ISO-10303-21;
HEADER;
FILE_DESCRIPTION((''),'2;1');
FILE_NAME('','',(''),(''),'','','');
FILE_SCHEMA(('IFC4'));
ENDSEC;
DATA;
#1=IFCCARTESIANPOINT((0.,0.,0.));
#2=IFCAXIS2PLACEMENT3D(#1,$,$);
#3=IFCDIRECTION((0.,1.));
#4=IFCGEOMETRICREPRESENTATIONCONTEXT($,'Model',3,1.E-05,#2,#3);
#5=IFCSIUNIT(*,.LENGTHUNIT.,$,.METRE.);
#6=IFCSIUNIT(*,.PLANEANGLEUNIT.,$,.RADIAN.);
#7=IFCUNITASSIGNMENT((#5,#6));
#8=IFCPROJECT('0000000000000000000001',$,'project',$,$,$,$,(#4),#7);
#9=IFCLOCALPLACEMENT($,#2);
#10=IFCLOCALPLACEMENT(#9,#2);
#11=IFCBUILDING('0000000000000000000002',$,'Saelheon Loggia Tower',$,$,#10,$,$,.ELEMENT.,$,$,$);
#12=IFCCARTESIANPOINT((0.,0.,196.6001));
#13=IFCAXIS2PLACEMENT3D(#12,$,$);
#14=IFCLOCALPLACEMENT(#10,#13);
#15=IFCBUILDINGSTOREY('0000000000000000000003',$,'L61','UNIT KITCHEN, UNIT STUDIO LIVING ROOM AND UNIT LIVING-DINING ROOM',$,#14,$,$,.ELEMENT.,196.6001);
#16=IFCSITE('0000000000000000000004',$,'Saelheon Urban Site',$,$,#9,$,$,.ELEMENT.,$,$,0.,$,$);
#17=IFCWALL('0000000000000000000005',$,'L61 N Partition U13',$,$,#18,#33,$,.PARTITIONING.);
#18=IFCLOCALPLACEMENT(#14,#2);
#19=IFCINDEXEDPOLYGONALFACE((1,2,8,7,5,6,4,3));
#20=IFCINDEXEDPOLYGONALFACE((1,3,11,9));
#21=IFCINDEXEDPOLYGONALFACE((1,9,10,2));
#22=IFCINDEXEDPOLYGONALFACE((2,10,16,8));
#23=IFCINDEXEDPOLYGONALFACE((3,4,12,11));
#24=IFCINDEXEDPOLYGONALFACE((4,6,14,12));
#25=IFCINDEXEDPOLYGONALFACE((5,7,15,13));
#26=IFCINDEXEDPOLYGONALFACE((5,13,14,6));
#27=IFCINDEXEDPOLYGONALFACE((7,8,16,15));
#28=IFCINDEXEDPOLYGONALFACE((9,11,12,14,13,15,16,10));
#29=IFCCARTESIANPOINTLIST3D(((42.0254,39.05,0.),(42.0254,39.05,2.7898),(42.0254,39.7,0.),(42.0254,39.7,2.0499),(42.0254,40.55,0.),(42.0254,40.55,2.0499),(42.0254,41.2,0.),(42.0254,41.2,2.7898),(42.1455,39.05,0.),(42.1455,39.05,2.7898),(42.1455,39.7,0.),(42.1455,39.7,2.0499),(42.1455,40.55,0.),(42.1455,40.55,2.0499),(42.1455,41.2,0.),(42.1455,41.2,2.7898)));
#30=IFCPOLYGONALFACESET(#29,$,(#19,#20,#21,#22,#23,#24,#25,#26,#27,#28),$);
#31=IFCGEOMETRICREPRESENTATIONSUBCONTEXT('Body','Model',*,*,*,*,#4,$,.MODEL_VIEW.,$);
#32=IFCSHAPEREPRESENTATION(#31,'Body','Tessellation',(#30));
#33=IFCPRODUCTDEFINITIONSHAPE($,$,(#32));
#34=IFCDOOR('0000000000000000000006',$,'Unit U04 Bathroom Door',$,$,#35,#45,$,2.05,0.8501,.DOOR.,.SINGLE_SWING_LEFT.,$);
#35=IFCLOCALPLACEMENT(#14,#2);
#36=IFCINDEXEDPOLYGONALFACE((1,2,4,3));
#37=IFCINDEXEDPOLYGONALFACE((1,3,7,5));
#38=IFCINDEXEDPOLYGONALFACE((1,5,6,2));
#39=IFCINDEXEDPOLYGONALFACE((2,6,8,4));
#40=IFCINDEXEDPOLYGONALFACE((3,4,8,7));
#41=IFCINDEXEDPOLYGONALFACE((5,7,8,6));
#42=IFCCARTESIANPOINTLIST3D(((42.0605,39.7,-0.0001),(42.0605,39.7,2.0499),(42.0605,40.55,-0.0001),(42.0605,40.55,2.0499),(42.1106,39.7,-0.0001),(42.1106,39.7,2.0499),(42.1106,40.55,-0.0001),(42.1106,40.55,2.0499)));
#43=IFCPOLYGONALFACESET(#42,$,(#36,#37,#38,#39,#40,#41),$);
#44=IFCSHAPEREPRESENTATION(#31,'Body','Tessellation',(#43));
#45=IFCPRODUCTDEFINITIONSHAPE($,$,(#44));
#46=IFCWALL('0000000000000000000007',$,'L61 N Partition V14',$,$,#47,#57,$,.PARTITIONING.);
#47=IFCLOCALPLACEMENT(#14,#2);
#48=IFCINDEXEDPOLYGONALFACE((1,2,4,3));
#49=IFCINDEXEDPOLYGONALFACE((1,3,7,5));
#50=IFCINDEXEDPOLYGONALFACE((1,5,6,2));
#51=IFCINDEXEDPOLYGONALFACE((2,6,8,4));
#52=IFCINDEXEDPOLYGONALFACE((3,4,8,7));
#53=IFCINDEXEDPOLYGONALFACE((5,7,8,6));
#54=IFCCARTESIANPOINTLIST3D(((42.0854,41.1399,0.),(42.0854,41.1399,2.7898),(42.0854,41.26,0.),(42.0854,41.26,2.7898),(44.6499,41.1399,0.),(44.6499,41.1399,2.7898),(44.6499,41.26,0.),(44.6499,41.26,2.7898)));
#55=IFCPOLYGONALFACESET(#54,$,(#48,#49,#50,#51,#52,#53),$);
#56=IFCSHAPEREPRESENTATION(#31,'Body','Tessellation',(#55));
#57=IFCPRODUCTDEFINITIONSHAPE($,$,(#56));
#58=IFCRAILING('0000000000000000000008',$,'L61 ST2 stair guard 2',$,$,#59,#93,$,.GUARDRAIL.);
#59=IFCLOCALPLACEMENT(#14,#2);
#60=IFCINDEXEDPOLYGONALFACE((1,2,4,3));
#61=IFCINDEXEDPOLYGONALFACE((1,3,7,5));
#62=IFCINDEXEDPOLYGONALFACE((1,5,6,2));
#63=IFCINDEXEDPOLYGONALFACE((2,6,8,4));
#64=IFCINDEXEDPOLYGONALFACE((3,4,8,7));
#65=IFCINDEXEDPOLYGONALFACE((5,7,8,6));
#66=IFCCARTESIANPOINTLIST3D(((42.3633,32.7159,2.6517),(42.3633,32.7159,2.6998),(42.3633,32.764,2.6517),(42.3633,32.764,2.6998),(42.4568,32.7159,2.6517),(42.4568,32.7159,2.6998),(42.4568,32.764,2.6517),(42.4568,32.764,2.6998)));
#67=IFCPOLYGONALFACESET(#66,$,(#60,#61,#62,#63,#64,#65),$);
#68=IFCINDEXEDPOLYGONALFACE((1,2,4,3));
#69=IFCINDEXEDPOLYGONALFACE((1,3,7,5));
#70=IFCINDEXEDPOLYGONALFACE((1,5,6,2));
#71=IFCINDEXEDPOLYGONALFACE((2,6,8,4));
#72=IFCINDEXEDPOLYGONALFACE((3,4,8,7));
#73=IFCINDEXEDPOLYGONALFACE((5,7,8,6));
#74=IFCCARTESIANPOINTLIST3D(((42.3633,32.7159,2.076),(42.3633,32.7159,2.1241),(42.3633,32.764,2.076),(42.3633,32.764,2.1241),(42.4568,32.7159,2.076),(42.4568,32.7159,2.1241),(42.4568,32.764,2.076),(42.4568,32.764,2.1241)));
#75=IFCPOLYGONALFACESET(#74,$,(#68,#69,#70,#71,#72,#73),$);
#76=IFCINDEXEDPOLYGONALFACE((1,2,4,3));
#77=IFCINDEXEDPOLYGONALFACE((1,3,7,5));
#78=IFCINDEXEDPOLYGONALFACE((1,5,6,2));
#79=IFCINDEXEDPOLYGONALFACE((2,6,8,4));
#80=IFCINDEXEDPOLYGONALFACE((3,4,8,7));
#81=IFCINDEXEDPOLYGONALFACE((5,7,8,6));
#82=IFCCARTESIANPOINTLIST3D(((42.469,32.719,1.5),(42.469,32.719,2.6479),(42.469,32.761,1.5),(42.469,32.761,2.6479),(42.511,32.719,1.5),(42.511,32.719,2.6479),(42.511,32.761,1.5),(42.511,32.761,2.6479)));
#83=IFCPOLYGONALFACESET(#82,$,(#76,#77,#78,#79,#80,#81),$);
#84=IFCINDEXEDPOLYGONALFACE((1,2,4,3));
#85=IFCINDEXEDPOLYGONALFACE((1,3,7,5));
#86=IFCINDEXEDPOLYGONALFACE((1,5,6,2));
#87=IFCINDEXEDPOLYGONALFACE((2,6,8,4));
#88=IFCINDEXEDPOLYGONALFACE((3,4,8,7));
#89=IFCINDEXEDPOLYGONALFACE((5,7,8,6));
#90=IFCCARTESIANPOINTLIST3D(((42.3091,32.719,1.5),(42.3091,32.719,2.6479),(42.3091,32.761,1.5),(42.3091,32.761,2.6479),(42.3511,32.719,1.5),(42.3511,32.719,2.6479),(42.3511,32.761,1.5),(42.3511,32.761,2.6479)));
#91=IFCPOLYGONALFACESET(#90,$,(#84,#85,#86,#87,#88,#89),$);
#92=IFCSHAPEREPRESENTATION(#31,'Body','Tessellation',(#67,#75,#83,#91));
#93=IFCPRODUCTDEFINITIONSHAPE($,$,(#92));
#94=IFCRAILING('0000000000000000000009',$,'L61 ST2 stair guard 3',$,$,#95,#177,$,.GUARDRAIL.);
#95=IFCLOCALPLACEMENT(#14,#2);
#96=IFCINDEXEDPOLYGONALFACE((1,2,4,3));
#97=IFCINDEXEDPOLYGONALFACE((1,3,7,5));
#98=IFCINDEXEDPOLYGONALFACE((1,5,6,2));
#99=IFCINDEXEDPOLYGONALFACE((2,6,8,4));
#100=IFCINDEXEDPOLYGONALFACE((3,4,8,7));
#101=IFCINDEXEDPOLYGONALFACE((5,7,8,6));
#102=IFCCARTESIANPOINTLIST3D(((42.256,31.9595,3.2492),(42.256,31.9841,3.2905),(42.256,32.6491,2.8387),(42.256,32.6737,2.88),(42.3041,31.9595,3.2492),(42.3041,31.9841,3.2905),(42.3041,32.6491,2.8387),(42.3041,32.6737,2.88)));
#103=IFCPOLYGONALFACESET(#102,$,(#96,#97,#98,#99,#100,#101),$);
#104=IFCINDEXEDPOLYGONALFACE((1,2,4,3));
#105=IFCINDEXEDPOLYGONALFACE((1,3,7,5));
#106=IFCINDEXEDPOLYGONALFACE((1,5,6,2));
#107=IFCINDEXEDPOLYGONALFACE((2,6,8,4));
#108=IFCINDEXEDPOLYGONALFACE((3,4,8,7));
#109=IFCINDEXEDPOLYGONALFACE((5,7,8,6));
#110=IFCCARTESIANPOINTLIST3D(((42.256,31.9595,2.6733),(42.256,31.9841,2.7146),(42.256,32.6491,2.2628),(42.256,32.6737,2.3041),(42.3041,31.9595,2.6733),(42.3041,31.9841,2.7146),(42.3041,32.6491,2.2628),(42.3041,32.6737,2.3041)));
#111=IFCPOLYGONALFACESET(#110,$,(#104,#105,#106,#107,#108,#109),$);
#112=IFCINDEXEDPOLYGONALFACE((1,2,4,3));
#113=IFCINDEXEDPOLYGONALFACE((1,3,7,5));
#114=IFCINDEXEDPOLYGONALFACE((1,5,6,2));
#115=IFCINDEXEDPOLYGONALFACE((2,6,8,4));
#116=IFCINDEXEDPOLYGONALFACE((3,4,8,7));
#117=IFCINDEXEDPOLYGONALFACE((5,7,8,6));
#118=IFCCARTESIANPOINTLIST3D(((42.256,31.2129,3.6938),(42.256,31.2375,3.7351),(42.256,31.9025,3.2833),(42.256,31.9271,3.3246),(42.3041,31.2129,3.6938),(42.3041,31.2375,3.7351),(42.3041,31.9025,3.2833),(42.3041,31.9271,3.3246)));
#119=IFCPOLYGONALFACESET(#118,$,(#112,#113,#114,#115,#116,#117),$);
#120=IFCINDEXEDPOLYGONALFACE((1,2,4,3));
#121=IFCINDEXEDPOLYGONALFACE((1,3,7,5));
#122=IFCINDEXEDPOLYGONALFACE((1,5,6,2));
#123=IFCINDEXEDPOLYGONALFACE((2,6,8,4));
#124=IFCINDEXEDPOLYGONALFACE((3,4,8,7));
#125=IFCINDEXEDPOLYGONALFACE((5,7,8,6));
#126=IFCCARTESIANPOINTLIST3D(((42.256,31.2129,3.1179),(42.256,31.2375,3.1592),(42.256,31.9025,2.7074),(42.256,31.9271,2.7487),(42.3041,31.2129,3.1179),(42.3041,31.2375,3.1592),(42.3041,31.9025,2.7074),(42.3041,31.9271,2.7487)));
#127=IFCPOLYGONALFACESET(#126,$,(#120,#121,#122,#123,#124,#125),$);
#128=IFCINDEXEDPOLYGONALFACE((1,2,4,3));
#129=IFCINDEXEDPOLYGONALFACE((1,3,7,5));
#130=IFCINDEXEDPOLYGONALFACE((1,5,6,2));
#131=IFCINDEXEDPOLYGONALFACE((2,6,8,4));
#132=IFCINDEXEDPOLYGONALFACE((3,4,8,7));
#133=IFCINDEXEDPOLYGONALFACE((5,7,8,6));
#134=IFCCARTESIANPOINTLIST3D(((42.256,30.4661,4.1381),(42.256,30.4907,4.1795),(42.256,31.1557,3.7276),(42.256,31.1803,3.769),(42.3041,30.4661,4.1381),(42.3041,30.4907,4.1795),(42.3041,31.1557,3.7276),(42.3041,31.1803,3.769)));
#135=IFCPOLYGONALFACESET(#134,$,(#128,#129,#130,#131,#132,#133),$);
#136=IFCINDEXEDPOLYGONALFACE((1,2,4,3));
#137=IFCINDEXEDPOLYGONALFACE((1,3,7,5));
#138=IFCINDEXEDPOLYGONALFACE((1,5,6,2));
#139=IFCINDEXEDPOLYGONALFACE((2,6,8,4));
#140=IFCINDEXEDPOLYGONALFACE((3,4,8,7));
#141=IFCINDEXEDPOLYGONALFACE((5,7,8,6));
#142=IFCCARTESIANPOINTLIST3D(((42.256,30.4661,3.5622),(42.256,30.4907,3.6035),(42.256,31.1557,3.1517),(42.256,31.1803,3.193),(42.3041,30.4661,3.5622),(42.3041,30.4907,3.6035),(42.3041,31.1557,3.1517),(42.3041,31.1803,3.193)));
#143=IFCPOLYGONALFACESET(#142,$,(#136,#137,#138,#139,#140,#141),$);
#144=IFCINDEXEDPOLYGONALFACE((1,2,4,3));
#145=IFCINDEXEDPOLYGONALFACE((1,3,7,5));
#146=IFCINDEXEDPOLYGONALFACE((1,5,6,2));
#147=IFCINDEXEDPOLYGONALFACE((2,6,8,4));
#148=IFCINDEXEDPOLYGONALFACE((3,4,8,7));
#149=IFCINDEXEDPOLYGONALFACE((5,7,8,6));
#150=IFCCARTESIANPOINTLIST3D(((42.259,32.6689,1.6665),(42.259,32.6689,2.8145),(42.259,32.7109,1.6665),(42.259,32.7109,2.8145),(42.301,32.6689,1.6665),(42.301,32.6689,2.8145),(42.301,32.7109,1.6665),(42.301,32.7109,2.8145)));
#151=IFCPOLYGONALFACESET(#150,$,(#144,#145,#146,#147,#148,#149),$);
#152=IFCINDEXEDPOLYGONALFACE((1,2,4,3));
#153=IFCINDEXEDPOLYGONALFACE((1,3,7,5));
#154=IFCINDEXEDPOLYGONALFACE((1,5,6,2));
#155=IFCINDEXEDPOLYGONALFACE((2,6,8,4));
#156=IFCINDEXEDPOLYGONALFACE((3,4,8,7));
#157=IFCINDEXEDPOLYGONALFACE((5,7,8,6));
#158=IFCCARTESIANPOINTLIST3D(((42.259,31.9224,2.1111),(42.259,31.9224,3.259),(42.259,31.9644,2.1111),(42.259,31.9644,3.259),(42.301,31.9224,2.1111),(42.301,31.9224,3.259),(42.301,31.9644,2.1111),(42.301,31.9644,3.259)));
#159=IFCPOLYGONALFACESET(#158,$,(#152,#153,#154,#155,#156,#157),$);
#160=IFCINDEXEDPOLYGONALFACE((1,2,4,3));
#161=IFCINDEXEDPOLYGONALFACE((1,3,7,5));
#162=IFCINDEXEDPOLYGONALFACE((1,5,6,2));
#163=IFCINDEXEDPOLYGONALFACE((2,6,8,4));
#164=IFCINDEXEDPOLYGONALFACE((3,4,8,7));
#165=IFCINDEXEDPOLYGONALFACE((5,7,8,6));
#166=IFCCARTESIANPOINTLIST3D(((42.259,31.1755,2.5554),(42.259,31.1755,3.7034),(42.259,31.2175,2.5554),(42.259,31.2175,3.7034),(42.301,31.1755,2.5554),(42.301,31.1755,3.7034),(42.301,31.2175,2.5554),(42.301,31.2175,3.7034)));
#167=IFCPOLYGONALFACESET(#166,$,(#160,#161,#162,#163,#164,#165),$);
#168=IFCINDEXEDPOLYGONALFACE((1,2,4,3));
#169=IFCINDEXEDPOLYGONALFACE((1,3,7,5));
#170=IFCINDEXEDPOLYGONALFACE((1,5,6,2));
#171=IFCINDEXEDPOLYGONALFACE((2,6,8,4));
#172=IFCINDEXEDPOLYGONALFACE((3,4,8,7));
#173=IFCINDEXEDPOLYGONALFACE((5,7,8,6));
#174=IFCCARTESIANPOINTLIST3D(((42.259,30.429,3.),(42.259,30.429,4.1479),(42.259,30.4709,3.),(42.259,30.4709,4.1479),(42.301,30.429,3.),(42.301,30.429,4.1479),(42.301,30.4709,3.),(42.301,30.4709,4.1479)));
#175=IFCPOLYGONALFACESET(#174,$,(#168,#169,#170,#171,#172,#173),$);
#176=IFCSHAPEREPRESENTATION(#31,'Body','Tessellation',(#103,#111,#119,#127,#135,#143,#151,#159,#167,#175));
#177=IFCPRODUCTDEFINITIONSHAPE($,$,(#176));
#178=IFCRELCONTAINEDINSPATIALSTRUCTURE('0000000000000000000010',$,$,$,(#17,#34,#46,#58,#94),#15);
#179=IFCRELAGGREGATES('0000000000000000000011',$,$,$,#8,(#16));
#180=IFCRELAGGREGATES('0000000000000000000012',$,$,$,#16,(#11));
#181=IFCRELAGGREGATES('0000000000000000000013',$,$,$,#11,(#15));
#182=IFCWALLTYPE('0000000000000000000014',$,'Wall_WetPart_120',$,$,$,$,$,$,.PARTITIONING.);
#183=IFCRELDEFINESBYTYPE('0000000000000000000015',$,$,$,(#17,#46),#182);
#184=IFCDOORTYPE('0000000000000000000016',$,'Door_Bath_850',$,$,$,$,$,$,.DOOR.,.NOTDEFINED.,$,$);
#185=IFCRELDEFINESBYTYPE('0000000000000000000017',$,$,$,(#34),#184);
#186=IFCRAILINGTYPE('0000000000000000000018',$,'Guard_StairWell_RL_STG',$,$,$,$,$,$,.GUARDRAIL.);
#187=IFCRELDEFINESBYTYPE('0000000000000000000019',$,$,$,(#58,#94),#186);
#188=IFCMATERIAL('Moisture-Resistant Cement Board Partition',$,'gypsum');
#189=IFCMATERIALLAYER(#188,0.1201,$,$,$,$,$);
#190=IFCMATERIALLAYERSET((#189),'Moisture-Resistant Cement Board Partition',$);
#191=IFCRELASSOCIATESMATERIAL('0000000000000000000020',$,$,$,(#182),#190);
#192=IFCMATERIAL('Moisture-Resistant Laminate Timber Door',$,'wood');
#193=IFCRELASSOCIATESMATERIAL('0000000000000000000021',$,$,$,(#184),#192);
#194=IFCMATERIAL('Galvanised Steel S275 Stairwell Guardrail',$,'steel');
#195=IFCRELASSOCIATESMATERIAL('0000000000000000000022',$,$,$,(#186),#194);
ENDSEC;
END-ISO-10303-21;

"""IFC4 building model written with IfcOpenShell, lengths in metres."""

from ifc_helpers import new_model, si_unit, direction, frame, frame_2d, origin, origin_2d, place, context, subcontext, project, spatial, rectangle, extrude, source, transform, mapped, material, layer, layer_set, type_object, element, fill, save


model = new_model("IFC4")

# Units and contexts
model_context = context("Model", 3, precision=1e-05, world=origin(), true_north=direction((0.0, 1.0)))
body_context = subcontext(model_context, "Body", "Model", "MODEL_VIEW")
ifc_project = project(units=[si_unit("LENGTHUNIT", "METRE"), si_unit("PLANEANGLEUNIT", "RADIAN")], contexts=[model_context])

# Site, building, storey
site_placement = place(None, origin())
site = spatial("IfcSite", under=ifc_project, at=site_placement, Name="Saelheon Urban Site", CompositionType="ELEMENT", RefElevation=0.0)
building_placement = place(site_placement, origin())
building = spatial("IfcBuilding", under=site, at=building_placement, Name="Saelheon Loggia Tower", CompositionType="ELEMENT")
storey_placement = place(building_placement, frame((0.0, 0.0, 196.6001)))
storey = spatial("IfcBuildingStorey", under=building, at=storey_placement, Name="L61", Description="UNIT KITCHEN, UNIT STUDIO LIVING ROOM AND UNIT LIVING-DINING ROOM", CompositionType="ELEMENT", Elevation=196.6001)

# Wall, opening, door
ifc_material_1 = material(Name="Moisture-Resistant Cement Board Partition", Category="gypsum")
ifc_layer_1 = layer(ifc_material_1, 0.1201)
ifc_layer_set_1 = layer_set([ifc_layer_1], Name="Moisture-Resistant Cement Board Partition")
wall_type_1 = type_object("IfcWallType", Name="Wall_WetPart_120", PredefinedType="PARTITIONING", material=ifc_layer_set_1)
ifc_material_2 = material(Name="Moisture-Resistant Laminate Timber Door", Category="wood")
door_type_1 = type_object("IfcDoorType", Name="Door_Bath_850", OperationType="NOTDEFINED", PredefinedType="DOOR", material=ifc_material_2)
shared_shape_1 = source(origin(), body_context, "Body", "SweptSolid", [
    extrude(rectangle(XDim=0.8501, YDim=2.05, at=frame_2d((0.425, 1.0249))), frame((0.0, 0.0249, 0.0), z_axis=(0.0, -1.0, 0.0), x_axis=(1.0, 0.0, 0.0)), (0.0, 0.0, 1.0), 0.05),
])
wall_1_placement = place(storey_placement, frame((42.0854, 39.05, 0.0), z_axis=(0.0, 0.0, 1.0), x_axis=(0.0, 1.0, 0.0)))
wall_1 = element("IfcWall", 1, at=wall_1_placement, inside=storey, type_object=wall_type_1, Name="L61 N Partition U13", PredefinedType="PARTITIONING", context=body_context, shape_type="SweptSolid", body=[
    extrude(rectangle(XDim=2.1499, YDim=0.1201, at=frame_2d((1.075, 0.0))), origin(), (0.0, 0.0, 1.0), 2.7898),
])
opening_1_placement = place(wall_1_placement, frame((0.6499, 0.0, 0.0)))
opening_1 = element("IfcOpeningElement", 2, at=opening_1_placement, cuts=wall_1, PredefinedType="OPENING", context=body_context, shape_type="SweptSolid", body=[
    extrude(rectangle(XDim=0.8501, YDim=2.05, at=frame_2d((0.425, 1.0249))), frame((0.0, 0.072, 0.0), z_axis=(0.0, -1.0, 0.0), x_axis=(1.0, 0.0, 0.0)), (0.0, 0.0, 1.0), 0.144),
])
door_1_placement = place(opening_1_placement, origin())
door_1 = element("IfcDoor", 3, at=door_1_placement, inside=storey, type_object=door_type_1, Name="Unit U04 Bathroom Door", OperationType="SINGLE_SWING_LEFT", OverallHeight=2.05, OverallWidth=0.8501, PredefinedType="DOOR", context=body_context, shape_type="MappedRepresentation", body=[
    mapped(shared_shape_1, transform((0.0, 0.0, 0.0), scale=1.0)),
])
fill(opening_1, door_1)

# Wall
wall_2_placement = place(storey_placement, frame((42.0854, 41.2, 0.0), z_axis=(0.0, 0.0, 1.0), x_axis=(1.0, 0.0, 0.0)))
element("IfcWall", 4, at=wall_2_placement, inside=storey, type_object=wall_type_1, Name="L61 N Partition V14", PredefinedType="PARTITIONING", context=body_context, shape_type="SweptSolid", body=[
    extrude(rectangle(XDim=2.5645, YDim=0.1201, at=frame_2d((1.2822, 0.0))), origin(), (0.0, 0.0, 1.0), 2.7898),
])

# Railings
ifc_material_3 = material(Name="Galvanised Steel S275 Stairwell Guardrail", Category="steel")
railing_type = type_object("IfcRailingType", Name="Guard_StairWell_RL_STG", PredefinedType="GUARDRAIL", material=ifc_material_3)
railing_1_placement = place(storey_placement, frame((42.49, 32.74, 1.5)))
element("IfcRailing", 5, at=railing_1_placement, inside=storey, type_object=railing_type, Name="L61 ST2 stair guard 2", PredefinedType="GUARDRAIL", context=body_context, shape_type="SweptSolid", body=[
    extrude(rectangle(XDim=0.0481, YDim=0.0481, at=origin_2d()), frame((-0.0332, 0.0, 1.1758), z_axis=(-1.0, 0.0, 0.0), x_axis=(0.0, -1.0, 0.0)), (0.0, 0.0, 1.0), 0.0935),
    extrude(rectangle(XDim=0.0481, YDim=0.0481, at=origin_2d()), frame((-0.0332, 0.0, 0.6001), z_axis=(-1.0, 0.0, 0.0), x_axis=(0.0, -1.0, 0.0)), (0.0, 0.0, 1.0), 0.0935),
    extrude(rectangle(XDim=0.042, YDim=0.042, at=origin_2d()), origin(), (0.0, 0.0, 1.0), 1.1479),
    extrude(rectangle(XDim=0.042, YDim=0.042, at=origin_2d()), frame((-0.1599, 0.0, 0.0)), (0.0, 0.0, 1.0), 1.1479),
])
railing_2_placement = place(storey_placement, frame((42.28, 32.6899, 1.6665)))
element("IfcRailing", 6, at=railing_2_placement, inside=storey, type_object=railing_type, Name="L61 ST2 stair guard 3", PredefinedType="GUARDRAIL", context=body_context, shape_type="SweptSolid", body=[
    extrude(rectangle(XDim=0.0481, YDim=0.0481, at=origin_2d()), frame((0.0, -0.0286, 1.1929), z_axis=(0.0, -0.859264, 0.511532), x_axis=(1.0, 0.0, 0.0)), (0.0, 0.0, 1.0), 0.8025),
    extrude(rectangle(XDim=0.0481, YDim=0.0481, at=origin_2d()), frame((0.0, -0.0286, 0.6169), z_axis=(0.0, -0.859264, 0.511532), x_axis=(1.0, 0.0, 0.0)), (0.0, 0.0, 1.0), 0.8025),
    extrude(rectangle(XDim=0.0481, YDim=0.0481, at=origin_2d()), frame((0.0, -0.7751, 1.6375), z_axis=(0.0, -0.859264, 0.511532), x_axis=(1.0, 0.0, 0.0)), (0.0, 0.0, 1.0), 0.8025),
    extrude(rectangle(XDim=0.0481, YDim=0.0481, at=origin_2d()), frame((0.0, -0.7751, 1.0615), z_axis=(0.0, -0.859264, 0.511532), x_axis=(1.0, 0.0, 0.0)), (0.0, 0.0, 1.0), 0.8025),
    extrude(rectangle(XDim=0.0481, YDim=0.0481, at=origin_2d()), frame((0.0, -1.522, 2.0818), z_axis=(0.0, -0.859264, 0.511532), x_axis=(1.0, 0.0, 0.0)), (0.0, 0.0, 1.0), 0.8025),
    extrude(rectangle(XDim=0.0481, YDim=0.0481, at=origin_2d()), frame((0.0, -1.522, 1.5059), z_axis=(0.0, -0.859264, 0.511532), x_axis=(1.0, 0.0, 0.0)), (0.0, 0.0, 1.0), 0.8025),
    extrude(rectangle(XDim=0.042, YDim=0.042, at=origin_2d()), origin(), (0.0, 0.0, 1.0), 1.1479),
    extrude(rectangle(XDim=0.042, YDim=0.042, at=origin_2d()), frame((0.0, -0.7466, 0.4446)), (0.0, 0.0, 1.0), 1.1479),
    extrude(rectangle(XDim=0.042, YDim=0.042, at=origin_2d()), frame((0.0, -1.4934, 0.8889)), (0.0, 0.0, 1.0), 1.1479),
    extrude(rectangle(XDim=0.042, YDim=0.042, at=origin_2d()), frame((0.0, -2.24, 1.3335)), (0.0, 0.0, 1.0), 1.1479),
])

save(model, "model.ifc")
